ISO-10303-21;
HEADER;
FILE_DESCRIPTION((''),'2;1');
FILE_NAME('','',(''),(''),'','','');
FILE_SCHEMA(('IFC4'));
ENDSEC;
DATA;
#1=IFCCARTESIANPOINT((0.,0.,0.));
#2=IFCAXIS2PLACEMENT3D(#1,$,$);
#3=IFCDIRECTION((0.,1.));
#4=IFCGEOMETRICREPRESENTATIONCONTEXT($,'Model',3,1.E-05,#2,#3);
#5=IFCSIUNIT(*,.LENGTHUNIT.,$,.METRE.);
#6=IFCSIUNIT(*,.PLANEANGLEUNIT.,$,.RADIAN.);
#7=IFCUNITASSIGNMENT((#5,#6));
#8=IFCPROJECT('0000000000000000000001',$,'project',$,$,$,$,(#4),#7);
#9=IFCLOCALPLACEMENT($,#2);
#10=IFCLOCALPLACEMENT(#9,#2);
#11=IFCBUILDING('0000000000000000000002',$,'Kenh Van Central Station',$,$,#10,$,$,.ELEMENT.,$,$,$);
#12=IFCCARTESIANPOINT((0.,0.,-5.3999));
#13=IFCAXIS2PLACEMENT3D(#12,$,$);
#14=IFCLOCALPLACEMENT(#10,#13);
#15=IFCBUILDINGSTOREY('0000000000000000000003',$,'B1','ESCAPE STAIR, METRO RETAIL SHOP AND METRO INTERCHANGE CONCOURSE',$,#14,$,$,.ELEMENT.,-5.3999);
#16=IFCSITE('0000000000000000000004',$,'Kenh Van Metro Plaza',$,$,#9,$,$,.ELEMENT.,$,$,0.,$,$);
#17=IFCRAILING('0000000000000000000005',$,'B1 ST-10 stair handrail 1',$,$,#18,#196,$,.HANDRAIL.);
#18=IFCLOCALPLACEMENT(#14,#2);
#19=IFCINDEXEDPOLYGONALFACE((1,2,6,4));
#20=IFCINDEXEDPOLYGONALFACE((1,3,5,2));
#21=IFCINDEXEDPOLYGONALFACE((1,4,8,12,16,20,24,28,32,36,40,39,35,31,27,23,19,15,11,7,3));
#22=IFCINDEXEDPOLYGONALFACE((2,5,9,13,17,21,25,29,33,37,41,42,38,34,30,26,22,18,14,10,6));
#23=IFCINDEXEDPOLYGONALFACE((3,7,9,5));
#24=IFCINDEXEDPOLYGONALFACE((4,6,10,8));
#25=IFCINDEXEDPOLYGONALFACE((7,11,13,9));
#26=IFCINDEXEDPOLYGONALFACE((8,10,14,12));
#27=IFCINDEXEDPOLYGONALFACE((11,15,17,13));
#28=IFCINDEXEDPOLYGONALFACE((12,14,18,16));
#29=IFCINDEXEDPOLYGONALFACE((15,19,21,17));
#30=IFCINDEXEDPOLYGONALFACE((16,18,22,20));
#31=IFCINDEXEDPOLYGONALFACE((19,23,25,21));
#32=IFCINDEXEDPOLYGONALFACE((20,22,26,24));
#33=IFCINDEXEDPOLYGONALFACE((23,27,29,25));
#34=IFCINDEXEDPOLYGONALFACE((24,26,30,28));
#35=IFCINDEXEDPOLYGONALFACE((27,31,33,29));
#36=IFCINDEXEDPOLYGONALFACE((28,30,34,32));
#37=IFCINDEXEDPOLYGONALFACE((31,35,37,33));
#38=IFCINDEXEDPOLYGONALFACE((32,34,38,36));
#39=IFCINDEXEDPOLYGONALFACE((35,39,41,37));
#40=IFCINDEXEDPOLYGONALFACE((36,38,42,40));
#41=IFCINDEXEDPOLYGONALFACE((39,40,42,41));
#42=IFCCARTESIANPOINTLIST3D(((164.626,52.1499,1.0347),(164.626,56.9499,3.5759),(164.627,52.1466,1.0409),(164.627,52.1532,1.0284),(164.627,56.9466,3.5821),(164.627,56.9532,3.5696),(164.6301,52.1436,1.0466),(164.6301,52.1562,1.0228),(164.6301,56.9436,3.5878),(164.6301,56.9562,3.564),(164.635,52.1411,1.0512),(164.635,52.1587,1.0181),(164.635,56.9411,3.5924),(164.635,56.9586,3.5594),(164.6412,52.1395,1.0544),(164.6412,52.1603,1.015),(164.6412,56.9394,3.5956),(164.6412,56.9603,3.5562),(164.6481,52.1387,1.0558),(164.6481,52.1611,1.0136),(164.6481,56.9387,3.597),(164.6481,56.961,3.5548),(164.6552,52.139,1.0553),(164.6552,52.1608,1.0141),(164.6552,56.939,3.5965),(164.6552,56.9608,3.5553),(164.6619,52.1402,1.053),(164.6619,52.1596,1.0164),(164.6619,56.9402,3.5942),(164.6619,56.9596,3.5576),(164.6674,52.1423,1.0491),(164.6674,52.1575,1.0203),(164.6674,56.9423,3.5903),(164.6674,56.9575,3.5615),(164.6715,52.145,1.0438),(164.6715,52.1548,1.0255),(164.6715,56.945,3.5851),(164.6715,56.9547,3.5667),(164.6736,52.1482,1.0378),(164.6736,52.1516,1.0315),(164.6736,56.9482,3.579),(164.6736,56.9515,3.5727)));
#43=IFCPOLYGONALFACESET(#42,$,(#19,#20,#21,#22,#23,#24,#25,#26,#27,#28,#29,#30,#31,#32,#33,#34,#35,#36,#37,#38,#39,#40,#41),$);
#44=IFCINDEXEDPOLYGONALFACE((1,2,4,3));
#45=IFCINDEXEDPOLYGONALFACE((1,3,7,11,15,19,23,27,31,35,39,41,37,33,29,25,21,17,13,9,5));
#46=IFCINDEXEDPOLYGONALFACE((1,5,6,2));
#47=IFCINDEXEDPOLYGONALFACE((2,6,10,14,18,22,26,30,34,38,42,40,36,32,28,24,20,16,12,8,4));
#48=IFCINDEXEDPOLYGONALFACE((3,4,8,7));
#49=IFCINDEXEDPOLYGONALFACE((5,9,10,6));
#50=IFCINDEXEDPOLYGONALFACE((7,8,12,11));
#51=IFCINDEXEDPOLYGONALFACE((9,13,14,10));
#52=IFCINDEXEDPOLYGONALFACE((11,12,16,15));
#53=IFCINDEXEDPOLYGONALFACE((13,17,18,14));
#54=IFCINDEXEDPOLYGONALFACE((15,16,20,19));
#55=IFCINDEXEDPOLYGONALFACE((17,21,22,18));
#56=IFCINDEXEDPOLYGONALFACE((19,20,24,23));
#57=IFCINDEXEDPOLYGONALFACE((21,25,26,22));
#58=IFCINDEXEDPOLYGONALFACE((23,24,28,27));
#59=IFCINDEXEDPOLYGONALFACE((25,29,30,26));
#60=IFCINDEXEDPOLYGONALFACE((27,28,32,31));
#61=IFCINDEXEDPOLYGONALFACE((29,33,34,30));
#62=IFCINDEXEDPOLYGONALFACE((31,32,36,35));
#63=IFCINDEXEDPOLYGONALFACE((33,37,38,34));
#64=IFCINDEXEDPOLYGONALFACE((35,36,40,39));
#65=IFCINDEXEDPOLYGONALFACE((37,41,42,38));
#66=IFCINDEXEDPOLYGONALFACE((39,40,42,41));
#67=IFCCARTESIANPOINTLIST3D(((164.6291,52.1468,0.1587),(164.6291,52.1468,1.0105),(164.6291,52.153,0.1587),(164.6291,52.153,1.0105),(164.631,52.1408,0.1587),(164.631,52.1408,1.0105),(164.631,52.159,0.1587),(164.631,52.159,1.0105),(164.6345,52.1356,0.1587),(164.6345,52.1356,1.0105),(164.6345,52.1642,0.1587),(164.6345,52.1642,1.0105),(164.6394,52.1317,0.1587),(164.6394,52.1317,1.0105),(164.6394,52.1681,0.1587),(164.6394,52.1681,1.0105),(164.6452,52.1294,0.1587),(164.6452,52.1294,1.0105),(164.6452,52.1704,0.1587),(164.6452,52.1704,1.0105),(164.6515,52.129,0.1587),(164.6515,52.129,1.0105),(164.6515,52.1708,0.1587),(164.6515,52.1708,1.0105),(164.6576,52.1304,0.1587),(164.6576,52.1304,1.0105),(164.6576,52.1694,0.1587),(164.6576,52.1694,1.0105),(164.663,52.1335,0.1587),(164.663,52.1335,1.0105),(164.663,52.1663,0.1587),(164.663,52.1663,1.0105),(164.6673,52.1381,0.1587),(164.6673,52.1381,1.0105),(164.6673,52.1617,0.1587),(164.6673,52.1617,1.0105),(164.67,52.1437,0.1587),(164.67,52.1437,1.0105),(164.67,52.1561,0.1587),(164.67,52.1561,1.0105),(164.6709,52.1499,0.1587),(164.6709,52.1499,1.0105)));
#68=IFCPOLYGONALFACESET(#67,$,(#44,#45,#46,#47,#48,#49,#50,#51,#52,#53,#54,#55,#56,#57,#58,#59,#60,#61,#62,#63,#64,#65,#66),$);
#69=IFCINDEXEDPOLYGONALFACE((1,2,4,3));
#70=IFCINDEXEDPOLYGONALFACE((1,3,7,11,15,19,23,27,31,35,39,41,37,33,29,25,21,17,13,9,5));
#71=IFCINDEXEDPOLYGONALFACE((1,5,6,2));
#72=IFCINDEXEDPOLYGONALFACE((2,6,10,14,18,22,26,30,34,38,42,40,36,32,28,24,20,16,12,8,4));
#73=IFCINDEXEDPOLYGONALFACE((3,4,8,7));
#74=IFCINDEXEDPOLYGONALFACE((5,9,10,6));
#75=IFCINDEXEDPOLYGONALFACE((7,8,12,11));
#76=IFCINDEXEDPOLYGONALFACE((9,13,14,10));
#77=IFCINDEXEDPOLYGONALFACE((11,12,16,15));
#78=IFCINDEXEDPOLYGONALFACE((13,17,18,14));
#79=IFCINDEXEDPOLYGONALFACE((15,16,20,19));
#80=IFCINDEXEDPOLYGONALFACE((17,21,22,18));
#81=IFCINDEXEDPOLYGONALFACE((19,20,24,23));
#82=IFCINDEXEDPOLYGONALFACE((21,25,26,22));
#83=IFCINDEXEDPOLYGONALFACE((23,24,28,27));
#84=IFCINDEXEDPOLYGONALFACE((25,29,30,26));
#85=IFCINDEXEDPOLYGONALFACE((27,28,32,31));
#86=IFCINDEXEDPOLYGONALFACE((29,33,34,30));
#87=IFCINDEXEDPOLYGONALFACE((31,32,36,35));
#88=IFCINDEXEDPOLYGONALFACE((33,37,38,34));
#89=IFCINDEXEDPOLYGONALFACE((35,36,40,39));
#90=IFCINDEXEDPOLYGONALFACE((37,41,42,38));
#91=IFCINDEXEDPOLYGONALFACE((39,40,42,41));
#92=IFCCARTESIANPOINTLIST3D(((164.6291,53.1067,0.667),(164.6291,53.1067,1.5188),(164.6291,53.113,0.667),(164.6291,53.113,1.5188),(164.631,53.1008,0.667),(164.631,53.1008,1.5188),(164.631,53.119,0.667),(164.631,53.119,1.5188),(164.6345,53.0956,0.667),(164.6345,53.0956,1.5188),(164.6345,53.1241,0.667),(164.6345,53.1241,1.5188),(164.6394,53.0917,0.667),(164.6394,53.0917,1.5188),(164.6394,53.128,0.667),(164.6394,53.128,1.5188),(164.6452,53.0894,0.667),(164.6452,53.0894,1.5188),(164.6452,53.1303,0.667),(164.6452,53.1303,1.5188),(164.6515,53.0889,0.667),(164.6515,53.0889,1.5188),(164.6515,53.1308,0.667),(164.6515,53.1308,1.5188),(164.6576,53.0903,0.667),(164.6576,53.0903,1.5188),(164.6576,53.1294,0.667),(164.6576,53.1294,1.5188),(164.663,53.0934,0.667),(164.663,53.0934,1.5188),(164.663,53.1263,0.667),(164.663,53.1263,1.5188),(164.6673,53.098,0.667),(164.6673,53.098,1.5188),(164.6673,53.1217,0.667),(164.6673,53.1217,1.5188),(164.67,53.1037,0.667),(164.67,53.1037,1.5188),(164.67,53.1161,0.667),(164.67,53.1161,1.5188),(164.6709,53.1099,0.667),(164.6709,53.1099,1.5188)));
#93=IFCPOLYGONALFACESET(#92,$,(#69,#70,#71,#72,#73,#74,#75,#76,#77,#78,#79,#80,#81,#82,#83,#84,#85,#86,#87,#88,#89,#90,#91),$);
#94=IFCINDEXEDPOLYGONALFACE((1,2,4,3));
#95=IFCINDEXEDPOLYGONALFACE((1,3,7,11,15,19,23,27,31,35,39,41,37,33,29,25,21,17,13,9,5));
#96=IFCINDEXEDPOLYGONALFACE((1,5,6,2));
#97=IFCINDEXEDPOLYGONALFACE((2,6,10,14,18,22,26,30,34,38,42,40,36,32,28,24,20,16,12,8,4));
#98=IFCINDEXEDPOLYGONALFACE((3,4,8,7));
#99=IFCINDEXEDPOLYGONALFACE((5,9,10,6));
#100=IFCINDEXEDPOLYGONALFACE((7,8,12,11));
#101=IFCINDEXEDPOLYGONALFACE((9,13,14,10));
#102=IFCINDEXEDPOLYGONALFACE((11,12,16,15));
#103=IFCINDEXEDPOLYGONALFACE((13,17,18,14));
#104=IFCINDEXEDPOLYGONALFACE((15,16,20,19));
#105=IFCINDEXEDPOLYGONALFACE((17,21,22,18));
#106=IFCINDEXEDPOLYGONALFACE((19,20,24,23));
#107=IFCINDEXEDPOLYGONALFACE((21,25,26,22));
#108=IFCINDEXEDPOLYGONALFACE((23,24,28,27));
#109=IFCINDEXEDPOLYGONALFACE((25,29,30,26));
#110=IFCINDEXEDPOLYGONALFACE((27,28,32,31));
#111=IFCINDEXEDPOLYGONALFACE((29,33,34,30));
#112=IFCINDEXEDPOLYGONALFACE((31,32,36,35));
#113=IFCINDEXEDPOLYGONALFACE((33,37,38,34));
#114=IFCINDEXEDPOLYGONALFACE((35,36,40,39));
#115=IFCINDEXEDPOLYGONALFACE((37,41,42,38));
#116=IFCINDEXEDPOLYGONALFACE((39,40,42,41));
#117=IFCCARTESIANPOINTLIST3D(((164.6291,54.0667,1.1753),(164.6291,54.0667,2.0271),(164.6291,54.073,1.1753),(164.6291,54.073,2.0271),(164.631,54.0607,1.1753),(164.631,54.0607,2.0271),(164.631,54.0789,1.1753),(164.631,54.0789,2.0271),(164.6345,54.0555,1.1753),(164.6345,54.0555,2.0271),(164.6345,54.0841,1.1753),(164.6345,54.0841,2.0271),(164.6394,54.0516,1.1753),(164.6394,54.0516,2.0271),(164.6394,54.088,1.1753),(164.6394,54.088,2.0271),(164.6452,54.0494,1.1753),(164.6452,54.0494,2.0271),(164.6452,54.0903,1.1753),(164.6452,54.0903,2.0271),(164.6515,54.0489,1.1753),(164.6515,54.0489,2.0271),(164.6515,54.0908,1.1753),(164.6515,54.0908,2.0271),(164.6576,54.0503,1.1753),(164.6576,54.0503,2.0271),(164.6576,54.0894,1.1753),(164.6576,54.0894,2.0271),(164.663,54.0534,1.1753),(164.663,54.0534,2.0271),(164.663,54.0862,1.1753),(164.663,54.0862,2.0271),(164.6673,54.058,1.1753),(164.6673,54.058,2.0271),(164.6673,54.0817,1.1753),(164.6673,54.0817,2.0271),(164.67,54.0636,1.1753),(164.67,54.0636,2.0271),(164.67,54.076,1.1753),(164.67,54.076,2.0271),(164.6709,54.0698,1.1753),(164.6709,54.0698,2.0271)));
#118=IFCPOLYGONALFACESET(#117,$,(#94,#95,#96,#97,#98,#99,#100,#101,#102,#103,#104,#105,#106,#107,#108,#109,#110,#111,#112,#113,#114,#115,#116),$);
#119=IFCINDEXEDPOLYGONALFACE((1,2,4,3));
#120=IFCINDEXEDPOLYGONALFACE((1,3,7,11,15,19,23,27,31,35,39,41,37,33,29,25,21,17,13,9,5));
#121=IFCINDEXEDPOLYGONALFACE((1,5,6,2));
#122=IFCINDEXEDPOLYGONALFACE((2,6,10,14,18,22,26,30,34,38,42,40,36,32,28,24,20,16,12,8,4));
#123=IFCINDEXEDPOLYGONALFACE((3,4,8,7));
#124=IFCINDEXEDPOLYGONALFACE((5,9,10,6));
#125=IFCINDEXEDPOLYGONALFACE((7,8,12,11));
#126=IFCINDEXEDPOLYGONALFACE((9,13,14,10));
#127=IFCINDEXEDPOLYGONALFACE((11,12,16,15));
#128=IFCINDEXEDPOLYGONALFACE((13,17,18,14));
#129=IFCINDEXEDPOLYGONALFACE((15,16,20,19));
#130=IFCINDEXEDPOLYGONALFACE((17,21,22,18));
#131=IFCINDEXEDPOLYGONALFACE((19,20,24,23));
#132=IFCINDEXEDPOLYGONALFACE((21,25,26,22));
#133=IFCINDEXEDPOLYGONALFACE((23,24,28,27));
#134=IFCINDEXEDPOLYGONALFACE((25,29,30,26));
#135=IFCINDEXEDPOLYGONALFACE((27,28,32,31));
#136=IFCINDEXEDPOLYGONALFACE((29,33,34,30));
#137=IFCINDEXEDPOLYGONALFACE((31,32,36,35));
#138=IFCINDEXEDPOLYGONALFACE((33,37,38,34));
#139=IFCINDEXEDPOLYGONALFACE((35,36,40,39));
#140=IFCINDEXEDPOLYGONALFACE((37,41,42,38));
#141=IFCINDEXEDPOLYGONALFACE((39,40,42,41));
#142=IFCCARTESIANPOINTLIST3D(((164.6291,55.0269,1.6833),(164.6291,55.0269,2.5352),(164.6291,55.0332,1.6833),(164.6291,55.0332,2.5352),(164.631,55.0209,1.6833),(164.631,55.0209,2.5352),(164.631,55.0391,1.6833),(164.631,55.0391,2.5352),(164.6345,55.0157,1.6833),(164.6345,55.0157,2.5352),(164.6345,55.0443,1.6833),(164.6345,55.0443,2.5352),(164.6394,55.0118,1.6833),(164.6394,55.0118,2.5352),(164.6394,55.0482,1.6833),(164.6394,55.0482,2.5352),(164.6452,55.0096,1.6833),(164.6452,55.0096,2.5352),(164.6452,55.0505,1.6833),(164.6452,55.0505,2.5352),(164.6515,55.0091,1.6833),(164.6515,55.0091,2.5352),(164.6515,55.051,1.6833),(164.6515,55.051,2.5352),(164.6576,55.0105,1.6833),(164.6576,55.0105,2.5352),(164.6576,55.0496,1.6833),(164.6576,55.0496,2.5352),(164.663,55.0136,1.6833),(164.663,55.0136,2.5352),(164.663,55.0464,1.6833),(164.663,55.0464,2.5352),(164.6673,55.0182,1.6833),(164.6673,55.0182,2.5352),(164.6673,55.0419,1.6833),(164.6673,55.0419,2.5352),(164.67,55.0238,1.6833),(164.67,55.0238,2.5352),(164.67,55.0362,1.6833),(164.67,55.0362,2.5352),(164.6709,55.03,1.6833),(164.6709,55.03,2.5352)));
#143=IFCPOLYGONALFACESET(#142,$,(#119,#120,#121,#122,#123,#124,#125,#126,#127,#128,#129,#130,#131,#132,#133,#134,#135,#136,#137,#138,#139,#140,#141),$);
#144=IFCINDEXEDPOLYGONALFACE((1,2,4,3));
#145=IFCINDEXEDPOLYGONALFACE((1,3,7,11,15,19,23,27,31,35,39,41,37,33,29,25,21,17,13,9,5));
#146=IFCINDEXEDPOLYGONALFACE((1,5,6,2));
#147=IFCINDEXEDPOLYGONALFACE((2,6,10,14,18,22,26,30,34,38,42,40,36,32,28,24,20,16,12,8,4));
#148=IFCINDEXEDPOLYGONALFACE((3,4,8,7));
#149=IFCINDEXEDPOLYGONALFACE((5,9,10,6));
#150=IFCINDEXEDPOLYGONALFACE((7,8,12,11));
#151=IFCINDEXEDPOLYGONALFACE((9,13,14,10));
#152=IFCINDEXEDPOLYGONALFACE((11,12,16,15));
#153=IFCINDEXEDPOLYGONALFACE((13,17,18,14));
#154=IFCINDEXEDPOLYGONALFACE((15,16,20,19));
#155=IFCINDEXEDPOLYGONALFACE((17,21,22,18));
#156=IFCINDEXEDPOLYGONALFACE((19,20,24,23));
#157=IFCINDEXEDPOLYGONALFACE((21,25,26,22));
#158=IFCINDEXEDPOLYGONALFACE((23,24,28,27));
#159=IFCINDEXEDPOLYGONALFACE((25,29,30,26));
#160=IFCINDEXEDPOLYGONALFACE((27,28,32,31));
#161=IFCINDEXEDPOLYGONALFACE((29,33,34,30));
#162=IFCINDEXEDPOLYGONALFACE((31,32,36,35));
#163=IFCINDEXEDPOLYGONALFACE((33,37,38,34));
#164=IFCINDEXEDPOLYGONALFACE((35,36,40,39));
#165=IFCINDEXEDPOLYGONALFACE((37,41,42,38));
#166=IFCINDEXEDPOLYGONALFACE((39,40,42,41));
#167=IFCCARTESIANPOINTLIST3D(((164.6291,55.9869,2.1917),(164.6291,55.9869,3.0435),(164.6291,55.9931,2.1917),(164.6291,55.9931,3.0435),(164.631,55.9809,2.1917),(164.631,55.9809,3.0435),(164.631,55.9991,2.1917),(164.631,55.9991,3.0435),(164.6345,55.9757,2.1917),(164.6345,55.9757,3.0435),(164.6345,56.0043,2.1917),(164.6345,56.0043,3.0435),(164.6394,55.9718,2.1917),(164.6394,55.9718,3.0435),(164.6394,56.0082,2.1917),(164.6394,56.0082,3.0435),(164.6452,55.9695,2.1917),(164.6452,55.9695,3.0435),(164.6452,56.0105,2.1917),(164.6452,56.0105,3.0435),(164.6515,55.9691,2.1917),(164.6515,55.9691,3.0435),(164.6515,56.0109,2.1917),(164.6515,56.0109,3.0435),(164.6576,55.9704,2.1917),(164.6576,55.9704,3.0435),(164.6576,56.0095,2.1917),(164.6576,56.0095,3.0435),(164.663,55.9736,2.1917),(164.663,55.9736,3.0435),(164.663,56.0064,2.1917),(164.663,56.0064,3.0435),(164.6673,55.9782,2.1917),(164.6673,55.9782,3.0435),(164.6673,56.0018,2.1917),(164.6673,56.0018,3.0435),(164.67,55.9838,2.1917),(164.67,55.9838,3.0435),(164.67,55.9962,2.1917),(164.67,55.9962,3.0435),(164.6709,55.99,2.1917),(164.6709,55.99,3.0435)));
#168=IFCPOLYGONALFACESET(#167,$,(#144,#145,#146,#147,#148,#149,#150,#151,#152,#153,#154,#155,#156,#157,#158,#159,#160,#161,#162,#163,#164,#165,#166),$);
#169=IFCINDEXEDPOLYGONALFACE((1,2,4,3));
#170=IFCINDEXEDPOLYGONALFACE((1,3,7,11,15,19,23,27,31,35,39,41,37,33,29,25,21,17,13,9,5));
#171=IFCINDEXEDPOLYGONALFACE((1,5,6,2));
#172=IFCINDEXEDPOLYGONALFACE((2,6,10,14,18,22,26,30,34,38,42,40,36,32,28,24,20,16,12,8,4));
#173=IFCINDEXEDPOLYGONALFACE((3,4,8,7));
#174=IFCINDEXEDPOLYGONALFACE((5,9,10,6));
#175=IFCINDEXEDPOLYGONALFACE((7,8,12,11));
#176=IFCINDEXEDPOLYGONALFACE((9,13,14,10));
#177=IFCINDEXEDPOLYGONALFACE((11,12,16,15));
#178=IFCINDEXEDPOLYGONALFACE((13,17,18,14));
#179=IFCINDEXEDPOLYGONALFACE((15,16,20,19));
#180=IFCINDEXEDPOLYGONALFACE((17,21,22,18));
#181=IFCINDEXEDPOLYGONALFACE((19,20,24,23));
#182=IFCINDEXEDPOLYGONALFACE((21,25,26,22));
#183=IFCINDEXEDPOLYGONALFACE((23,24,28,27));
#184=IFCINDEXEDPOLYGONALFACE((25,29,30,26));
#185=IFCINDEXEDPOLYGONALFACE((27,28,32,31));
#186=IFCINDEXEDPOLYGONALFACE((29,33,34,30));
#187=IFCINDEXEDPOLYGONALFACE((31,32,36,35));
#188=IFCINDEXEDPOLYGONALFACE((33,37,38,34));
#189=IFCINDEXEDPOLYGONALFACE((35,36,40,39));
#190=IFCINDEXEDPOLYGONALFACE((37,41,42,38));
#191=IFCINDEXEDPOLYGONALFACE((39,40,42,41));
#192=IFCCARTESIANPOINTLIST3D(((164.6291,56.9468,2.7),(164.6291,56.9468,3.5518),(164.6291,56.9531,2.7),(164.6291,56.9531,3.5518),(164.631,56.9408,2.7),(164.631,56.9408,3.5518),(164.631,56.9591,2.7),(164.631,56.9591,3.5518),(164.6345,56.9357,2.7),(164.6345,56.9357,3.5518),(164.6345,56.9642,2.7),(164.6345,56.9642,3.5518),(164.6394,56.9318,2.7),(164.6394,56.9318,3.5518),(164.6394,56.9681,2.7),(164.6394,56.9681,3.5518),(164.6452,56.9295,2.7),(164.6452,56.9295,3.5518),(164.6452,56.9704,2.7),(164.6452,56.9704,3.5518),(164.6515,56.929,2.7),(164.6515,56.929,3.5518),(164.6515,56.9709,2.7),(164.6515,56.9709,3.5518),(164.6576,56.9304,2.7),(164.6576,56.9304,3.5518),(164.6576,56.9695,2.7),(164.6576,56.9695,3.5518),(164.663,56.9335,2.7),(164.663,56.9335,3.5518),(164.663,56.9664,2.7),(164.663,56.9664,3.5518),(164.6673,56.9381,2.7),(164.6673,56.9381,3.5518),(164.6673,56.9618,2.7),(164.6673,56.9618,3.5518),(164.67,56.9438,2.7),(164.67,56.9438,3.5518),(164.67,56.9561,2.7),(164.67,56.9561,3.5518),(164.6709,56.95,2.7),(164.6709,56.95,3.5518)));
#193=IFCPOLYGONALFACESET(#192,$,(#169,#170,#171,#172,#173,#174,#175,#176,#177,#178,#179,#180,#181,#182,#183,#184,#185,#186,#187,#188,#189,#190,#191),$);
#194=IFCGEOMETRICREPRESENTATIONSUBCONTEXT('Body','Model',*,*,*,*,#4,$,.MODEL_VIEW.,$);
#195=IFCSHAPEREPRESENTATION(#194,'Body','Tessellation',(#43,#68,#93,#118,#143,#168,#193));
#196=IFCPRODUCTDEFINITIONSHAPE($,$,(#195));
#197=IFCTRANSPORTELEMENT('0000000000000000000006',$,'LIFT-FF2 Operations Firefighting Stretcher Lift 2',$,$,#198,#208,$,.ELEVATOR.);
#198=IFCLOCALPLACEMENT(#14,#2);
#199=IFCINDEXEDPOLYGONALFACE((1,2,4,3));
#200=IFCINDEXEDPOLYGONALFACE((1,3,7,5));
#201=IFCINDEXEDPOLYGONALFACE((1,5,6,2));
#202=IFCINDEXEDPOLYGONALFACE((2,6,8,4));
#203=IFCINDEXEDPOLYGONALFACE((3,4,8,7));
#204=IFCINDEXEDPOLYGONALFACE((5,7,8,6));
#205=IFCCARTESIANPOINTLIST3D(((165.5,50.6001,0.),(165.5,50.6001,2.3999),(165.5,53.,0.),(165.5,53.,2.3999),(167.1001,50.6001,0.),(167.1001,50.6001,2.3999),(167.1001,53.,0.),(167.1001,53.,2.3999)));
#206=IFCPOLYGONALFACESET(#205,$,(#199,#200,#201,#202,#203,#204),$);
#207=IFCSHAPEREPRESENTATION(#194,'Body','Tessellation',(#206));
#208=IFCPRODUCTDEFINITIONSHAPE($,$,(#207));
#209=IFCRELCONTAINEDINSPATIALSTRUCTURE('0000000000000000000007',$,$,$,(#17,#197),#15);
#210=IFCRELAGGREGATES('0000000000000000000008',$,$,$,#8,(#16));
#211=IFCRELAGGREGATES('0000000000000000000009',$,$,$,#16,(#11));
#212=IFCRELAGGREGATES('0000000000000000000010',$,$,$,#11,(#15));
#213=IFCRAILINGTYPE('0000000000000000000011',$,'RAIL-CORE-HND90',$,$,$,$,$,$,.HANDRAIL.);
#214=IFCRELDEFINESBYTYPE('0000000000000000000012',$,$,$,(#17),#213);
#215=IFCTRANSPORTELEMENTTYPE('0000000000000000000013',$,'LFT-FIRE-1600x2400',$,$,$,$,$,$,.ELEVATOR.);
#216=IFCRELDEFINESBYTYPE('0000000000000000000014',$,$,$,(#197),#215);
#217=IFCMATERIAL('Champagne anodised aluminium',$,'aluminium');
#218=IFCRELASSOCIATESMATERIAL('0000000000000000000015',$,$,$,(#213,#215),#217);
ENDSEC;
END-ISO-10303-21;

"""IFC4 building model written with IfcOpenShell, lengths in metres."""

from ifc_helpers import new_model, si_unit, direction, frame, origin, origin_2d, place, context, subcontext, project, spatial, rectangle, circle, extrude, material, type_object, element, save


model = new_model("IFC4")

# Units and contexts
model_context = context("Model", 3, precision=1e-05, world=origin(), true_north=direction((0.0, 1.0)))
body_context = subcontext(model_context, "Body", "Model", "MODEL_VIEW")
ifc_project = project(units=[si_unit("LENGTHUNIT", "METRE"), si_unit("PLANEANGLEUNIT", "RADIAN")], contexts=[model_context])

# Site, building, storey
site_placement = place(None, origin())
site = spatial("IfcSite", under=ifc_project, at=site_placement, Name="Kenh Van Metro Plaza", CompositionType="ELEMENT", RefElevation=0.0)
building_placement = place(site_placement, origin())
building = spatial("IfcBuilding", under=site, at=building_placement, Name="Kenh Van Central Station", CompositionType="ELEMENT")
storey_placement = place(building_placement, frame((0.0, 0.0, -5.3999)))
storey = spatial("IfcBuildingStorey", under=building, at=storey_placement, Name="B1", Description="ESCAPE STAIR, METRO RETAIL SHOP AND METRO INTERCHANGE CONCOURSE", CompositionType="ELEMENT", Elevation=-5.3999)

# Shared definitions
ifc_material_1 = material(Name="Champagne anodised aluminium", Category="aluminium")

# Railing
railing_type_1 = type_object("IfcRailingType", Name="RAIL-CORE-HND90", PredefinedType="HANDRAIL", material=ifc_material_1)
railing_1_placement = place(storey_placement, frame((164.6499, 52.1499, 0.1587)))
element("IfcRailing", 1, at=railing_1_placement, inside=storey, type_object=railing_type_1, Name="B1 ST-10 stair handrail 1", PredefinedType="HANDRAIL", context=body_context, shape_type="SweptSolid", body=[
    extrude(circle(Radius=0.0239, at=origin_2d()), frame((0.0, 0.0, 0.876), z_axis=(0.0, 0.883784, 0.467896), x_axis=(-1.0, 0.0, 0.0)), (0.0, 0.0, 1.0), 5.4312),
    extrude(circle(Radius=0.021, at=origin_2d()), origin(), (0.0, 0.0, 1.0), 0.8518),
    extrude(circle(Radius=0.021, at=origin_2d()), frame((0.0, 0.96, 0.5083)), (0.0, 0.0, 1.0), 0.8518),
    extrude(circle(Radius=0.021, at=origin_2d()), frame((0.0, 1.9199, 1.0166)), (0.0, 0.0, 1.0), 0.8518),
    extrude(circle(Radius=0.021, at=origin_2d()), frame((0.0, 2.8801, 1.5247)), (0.0, 0.0, 1.0), 0.8518),
    extrude(circle(Radius=0.021, at=origin_2d()), frame((0.0, 3.8401, 2.033)), (0.0, 0.0, 1.0), 0.8518),
    extrude(circle(Radius=0.021, at=origin_2d()), frame((0.0, 4.8, 2.5413)), (0.0, 0.0, 1.0), 0.8518),
])

# Transport element
transport_element_type_1 = type_object("IfcTransportElementType", Name="LFT-FIRE-1600x2400", PredefinedType="ELEVATOR", material=ifc_material_1)
transport_element_1_placement = place(storey_placement, frame((166.3, 51.8, 0.0), z_axis=(0.0, 0.0, 1.0), x_axis=(1.0, 0.0, 0.0)))
element("IfcTransportElement", 2, at=transport_element_1_placement, inside=storey, type_object=transport_element_type_1, Name="LIFT-FF2 Operations Firefighting Stretcher Lift 2", PredefinedType="ELEVATOR", context=body_context, shape_type="SweptSolid", body=[
    extrude(rectangle(XDim=1.6001, YDim=2.3999, at=origin_2d()), origin(), (0.0, 0.0, 1.0), 2.3999),
])

save(model, "model.ifc")
